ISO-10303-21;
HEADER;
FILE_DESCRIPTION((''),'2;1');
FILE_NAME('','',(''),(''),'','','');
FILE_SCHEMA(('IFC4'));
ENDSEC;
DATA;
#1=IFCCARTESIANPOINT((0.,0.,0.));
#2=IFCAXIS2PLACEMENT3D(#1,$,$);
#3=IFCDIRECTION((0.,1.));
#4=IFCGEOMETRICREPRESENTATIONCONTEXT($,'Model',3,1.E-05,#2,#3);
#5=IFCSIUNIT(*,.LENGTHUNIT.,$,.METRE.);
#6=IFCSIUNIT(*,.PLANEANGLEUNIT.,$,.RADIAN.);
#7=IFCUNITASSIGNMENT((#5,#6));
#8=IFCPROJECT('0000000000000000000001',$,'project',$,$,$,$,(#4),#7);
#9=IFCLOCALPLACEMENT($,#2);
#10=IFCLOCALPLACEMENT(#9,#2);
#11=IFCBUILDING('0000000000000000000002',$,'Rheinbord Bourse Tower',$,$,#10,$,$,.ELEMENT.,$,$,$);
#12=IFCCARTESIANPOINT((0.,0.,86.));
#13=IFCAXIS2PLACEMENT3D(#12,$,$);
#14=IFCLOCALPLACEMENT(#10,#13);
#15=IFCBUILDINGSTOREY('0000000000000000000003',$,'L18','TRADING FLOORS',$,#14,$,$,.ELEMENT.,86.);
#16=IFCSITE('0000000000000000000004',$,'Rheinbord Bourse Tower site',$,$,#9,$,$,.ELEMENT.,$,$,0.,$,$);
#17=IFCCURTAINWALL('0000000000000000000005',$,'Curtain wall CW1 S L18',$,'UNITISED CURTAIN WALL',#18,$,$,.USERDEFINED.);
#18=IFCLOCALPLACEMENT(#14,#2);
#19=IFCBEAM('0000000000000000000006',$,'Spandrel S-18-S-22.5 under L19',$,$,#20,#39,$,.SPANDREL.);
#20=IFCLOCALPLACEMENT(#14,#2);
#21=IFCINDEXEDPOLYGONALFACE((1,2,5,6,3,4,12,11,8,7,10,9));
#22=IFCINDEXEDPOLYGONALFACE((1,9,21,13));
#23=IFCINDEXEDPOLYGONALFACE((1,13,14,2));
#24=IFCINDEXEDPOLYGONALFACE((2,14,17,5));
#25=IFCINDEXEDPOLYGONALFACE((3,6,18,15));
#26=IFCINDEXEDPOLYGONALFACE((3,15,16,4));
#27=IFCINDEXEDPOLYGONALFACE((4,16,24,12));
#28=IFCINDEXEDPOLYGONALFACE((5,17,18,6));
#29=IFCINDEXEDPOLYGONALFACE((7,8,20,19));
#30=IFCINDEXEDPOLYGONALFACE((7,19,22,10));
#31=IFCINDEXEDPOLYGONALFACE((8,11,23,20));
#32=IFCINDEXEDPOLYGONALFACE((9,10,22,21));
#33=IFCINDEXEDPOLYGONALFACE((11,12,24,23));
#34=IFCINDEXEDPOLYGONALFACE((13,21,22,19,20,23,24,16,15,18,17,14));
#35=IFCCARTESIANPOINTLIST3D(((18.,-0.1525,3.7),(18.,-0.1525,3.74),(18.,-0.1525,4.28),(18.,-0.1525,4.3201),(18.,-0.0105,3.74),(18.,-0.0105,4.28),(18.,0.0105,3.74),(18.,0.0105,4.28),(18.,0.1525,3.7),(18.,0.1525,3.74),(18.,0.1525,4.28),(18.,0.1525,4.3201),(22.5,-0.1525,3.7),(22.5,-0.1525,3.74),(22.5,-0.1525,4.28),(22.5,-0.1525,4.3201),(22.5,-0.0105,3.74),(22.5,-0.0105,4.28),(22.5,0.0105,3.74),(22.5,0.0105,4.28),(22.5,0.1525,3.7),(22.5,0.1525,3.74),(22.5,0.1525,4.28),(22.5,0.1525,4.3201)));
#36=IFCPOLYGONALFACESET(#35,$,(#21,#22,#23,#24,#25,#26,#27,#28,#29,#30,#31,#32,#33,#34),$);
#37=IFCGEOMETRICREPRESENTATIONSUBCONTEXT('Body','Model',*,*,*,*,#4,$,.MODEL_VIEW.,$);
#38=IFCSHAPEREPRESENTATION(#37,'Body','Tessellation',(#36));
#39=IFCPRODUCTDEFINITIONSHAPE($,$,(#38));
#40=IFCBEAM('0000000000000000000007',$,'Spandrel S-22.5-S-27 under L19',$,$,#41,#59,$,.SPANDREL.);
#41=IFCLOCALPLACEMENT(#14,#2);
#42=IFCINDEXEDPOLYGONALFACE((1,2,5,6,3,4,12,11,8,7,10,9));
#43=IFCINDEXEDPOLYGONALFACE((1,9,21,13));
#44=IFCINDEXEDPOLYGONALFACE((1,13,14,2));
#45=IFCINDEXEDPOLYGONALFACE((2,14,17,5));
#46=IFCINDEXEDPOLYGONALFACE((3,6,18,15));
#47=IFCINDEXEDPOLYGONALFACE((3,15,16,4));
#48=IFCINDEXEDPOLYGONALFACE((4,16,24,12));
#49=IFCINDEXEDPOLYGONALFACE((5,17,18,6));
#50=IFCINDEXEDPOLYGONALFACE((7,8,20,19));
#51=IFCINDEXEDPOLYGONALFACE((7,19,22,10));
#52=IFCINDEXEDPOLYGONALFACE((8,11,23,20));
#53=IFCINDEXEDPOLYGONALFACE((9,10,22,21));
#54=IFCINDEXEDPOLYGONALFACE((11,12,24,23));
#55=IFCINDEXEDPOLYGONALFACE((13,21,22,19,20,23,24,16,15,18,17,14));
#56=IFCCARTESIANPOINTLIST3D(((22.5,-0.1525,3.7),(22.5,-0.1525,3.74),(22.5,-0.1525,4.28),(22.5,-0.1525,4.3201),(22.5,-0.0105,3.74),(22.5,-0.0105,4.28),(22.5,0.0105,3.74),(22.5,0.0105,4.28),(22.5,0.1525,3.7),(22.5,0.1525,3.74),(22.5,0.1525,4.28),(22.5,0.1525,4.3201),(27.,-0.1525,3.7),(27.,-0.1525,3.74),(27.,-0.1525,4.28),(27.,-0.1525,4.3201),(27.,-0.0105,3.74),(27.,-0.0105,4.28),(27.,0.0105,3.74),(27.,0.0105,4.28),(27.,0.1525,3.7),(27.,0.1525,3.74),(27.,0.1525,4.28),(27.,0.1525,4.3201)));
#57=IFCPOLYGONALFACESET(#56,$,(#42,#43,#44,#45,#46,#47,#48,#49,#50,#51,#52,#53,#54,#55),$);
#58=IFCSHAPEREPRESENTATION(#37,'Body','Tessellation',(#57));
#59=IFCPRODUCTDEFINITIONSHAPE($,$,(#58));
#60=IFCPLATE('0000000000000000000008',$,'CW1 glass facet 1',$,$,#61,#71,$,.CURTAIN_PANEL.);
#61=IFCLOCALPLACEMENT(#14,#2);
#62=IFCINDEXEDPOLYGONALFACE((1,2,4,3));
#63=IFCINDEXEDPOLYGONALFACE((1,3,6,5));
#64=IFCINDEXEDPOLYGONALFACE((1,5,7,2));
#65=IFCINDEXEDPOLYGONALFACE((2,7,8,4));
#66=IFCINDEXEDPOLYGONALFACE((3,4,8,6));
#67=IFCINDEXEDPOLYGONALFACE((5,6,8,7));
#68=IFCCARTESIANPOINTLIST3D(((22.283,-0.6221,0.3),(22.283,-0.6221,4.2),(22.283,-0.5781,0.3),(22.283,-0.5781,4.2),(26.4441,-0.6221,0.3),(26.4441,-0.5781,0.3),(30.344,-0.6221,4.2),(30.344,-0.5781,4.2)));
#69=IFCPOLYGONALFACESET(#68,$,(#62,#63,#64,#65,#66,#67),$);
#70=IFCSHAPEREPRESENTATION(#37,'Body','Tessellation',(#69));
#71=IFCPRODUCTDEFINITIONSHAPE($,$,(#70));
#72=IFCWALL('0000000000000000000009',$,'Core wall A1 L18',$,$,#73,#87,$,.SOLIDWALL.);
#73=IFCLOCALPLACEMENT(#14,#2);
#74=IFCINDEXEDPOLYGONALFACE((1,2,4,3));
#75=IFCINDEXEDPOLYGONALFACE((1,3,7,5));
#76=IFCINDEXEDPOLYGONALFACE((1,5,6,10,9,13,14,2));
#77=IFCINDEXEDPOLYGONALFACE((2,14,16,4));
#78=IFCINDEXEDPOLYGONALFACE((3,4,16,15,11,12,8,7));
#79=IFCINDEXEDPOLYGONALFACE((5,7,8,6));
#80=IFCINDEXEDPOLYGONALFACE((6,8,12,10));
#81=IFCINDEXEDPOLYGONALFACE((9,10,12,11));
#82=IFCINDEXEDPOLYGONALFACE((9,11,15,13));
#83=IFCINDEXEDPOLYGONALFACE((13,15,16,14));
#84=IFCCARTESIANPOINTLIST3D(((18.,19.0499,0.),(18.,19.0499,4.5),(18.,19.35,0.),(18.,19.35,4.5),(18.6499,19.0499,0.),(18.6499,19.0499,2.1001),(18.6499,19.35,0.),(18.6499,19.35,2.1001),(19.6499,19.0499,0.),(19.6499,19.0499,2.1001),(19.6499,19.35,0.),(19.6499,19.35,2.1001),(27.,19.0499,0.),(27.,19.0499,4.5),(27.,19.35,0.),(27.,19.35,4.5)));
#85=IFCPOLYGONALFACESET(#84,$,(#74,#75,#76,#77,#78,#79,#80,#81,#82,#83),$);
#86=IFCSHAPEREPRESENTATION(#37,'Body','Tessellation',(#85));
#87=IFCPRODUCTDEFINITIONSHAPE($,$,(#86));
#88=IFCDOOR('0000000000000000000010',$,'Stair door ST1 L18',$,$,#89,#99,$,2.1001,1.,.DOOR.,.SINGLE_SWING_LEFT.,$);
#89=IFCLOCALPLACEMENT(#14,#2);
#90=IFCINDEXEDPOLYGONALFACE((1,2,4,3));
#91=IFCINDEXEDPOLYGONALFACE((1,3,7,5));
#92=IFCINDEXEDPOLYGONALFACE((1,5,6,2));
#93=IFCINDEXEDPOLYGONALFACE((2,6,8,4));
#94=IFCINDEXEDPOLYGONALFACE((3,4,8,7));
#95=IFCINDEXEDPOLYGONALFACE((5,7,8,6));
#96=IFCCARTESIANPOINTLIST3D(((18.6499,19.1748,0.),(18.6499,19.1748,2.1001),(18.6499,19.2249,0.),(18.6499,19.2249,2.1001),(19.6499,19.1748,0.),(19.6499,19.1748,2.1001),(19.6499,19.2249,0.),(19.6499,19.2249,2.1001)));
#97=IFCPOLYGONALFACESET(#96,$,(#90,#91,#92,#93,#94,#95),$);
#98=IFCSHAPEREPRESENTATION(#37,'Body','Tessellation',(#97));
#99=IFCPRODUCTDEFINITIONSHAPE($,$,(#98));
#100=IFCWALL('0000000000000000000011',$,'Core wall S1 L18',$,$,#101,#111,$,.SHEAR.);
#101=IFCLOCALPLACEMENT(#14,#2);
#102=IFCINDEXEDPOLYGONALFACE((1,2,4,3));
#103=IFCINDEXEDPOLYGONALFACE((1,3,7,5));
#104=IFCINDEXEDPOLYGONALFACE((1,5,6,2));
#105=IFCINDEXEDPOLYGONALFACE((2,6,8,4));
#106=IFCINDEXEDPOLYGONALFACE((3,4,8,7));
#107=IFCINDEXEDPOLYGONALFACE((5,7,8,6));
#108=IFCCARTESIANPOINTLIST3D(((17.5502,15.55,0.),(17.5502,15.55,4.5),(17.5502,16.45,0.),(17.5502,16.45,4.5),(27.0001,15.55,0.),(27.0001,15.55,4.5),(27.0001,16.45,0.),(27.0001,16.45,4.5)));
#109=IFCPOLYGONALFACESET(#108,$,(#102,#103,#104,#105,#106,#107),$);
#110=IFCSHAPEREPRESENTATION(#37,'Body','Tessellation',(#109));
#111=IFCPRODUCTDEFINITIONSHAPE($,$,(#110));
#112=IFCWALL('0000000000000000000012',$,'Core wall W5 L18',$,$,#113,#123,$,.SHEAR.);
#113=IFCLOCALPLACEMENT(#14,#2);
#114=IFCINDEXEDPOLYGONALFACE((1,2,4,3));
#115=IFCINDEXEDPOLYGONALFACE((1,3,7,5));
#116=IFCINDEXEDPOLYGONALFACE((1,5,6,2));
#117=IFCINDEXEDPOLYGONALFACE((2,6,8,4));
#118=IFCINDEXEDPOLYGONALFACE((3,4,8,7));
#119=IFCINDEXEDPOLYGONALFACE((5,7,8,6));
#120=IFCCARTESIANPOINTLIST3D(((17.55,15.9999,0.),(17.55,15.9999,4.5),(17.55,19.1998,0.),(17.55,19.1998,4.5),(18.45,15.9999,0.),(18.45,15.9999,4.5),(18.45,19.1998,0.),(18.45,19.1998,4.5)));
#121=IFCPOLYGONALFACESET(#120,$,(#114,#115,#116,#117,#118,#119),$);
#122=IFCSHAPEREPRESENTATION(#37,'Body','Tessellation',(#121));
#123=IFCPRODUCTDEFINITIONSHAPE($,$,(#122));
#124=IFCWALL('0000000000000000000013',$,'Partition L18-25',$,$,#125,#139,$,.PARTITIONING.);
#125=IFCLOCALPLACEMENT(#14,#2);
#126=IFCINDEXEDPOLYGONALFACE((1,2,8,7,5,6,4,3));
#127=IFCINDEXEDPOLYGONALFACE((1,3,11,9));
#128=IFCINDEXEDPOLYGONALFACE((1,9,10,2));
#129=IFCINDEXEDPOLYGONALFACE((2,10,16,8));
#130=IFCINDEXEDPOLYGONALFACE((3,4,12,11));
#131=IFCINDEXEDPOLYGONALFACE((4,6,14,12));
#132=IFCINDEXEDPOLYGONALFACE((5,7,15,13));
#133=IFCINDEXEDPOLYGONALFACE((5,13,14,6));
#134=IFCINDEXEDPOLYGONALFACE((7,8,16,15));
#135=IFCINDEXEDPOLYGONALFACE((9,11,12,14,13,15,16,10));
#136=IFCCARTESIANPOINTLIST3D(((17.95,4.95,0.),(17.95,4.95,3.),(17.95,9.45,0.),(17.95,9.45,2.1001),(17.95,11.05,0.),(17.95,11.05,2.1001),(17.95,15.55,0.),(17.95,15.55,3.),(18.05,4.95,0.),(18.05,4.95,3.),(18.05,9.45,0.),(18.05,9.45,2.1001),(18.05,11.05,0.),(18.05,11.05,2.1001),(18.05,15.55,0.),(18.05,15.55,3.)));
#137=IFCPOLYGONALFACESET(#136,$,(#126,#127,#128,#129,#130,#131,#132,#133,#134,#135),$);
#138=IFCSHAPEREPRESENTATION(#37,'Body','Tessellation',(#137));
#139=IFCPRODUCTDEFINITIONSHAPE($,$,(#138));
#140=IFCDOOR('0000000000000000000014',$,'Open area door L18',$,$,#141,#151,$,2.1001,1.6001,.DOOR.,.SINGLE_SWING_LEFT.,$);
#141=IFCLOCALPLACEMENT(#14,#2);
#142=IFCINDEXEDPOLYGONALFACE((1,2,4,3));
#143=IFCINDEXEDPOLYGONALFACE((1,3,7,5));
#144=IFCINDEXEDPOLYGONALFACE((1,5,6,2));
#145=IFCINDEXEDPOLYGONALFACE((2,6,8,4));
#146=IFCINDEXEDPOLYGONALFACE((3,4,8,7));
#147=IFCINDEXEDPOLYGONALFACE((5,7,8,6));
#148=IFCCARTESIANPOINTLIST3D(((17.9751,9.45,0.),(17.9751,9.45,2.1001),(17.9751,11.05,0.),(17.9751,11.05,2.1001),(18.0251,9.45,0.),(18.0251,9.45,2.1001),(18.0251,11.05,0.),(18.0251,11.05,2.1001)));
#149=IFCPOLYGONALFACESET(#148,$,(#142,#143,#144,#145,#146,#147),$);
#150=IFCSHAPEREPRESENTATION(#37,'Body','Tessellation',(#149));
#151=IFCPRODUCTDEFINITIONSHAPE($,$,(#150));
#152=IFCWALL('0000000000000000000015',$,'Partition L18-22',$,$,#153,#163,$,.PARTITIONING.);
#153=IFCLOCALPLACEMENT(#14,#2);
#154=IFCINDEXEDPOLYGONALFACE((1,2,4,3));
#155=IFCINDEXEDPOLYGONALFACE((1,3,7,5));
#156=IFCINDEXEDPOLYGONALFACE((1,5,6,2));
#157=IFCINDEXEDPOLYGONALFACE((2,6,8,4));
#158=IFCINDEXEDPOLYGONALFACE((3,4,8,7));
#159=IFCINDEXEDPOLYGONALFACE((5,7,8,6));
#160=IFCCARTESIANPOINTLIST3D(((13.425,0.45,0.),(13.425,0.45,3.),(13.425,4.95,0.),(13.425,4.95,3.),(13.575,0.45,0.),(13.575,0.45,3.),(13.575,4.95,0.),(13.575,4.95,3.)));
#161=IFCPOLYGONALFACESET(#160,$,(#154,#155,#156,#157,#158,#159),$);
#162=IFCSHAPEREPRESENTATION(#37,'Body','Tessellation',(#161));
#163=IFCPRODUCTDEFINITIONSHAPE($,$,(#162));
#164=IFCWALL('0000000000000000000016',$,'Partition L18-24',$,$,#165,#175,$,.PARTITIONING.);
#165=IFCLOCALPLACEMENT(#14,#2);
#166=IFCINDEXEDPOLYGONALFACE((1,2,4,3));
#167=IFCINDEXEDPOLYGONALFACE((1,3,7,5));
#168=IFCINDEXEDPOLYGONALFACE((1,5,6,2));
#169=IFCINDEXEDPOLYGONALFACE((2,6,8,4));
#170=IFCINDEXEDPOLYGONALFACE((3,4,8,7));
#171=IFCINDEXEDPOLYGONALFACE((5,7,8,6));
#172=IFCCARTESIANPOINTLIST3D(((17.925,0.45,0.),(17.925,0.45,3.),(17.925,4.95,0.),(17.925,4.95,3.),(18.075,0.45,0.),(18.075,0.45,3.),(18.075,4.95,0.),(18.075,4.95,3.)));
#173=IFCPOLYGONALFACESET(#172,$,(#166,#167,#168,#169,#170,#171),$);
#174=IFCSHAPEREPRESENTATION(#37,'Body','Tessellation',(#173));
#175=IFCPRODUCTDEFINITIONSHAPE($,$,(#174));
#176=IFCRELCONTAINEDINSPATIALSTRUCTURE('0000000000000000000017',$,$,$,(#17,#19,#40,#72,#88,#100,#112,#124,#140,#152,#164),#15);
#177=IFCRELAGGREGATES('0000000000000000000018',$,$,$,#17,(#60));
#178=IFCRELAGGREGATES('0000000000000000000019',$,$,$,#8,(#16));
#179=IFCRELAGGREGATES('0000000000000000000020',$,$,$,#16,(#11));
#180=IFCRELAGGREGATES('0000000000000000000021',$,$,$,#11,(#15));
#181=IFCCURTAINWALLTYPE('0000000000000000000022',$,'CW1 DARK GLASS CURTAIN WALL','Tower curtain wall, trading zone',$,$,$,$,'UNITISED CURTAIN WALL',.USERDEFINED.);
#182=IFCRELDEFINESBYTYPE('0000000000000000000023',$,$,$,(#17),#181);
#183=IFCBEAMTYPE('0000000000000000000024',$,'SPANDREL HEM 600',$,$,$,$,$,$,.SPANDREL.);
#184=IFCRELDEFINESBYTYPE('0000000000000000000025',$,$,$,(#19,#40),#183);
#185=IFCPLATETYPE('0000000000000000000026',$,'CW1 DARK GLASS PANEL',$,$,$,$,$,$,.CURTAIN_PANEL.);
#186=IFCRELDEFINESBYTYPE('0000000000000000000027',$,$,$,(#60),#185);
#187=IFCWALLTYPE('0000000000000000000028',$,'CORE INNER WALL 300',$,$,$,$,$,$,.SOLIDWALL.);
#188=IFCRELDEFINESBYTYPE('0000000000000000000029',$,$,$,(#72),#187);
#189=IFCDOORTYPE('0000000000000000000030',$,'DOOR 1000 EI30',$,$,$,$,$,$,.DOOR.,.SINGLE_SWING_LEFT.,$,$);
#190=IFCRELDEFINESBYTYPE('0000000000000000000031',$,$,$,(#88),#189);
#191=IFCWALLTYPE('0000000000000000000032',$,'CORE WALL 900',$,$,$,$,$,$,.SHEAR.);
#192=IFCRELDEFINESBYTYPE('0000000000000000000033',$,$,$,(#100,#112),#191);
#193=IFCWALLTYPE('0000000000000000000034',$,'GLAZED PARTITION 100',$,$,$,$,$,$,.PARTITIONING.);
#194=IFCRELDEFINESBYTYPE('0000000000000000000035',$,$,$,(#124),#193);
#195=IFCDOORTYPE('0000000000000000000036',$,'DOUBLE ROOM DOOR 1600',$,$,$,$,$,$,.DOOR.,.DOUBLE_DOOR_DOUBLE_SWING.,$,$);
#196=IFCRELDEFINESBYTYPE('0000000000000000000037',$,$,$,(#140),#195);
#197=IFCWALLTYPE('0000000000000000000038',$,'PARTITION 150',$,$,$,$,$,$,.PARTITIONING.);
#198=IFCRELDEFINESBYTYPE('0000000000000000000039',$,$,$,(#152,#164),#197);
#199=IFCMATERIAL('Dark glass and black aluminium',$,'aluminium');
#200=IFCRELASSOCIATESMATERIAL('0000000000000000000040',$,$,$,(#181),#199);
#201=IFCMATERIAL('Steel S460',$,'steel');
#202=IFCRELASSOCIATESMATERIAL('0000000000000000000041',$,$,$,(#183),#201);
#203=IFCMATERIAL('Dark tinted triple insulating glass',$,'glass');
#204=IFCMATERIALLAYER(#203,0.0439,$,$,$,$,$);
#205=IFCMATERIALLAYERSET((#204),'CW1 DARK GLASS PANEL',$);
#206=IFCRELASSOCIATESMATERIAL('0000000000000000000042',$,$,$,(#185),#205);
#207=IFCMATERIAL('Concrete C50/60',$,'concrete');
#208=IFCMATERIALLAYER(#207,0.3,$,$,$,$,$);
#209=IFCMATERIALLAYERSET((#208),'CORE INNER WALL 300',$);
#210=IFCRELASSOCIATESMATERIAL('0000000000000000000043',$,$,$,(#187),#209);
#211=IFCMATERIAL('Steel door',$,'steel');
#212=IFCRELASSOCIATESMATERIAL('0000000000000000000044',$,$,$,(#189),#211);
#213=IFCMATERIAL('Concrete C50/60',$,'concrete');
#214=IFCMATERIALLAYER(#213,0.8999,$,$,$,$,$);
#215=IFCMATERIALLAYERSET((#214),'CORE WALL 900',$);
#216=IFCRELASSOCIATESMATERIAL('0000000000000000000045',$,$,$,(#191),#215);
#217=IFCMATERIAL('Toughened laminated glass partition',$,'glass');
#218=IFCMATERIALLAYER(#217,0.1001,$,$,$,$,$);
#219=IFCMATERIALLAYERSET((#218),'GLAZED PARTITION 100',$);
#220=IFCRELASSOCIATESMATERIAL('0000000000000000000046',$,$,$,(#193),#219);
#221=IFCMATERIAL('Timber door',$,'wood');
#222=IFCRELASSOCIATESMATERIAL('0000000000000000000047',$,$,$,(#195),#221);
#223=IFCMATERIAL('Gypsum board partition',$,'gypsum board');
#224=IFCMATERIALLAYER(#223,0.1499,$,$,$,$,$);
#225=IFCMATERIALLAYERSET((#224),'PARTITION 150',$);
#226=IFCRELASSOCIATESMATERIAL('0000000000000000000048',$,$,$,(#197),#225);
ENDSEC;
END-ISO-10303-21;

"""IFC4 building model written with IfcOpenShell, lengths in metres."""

from ifc_helpers import new_model, si_unit, direction, frame, frame_2d, origin, origin_2d, place, context, subcontext, project, spatial, polyline, rectangle, i_section, outline, extrude, material, layer, layer_set, material_profile, profile_set, type_object, element, fill, aggregate, save


model = new_model("IFC4")

# Units and contexts
model_context = context("Model", 3, precision=1e-05, world=origin(), true_north=direction((0.0, 1.0)))
body_context = subcontext(model_context, "Body", "Model", "MODEL_VIEW")
ifc_project = project(units=[si_unit("LENGTHUNIT", "METRE"), si_unit("PLANEANGLEUNIT", "RADIAN")], contexts=[model_context])

# Site, building, storey
site_placement = place(None, origin())
site = spatial("IfcSite", under=ifc_project, at=site_placement, Name="Rheinbord Bourse Tower site", CompositionType="ELEMENT", RefElevation=0.0)
building_placement = place(site_placement, origin())
building = spatial("IfcBuilding", under=site, at=building_placement, Name="Rheinbord Bourse Tower", CompositionType="ELEMENT")
storey_placement = place(building_placement, frame((0.0, 0.0, 86.0)))
storey = spatial("IfcBuildingStorey", under=building, at=storey_placement, Name="L18", Description="TRADING FLOORS", CompositionType="ELEMENT", Elevation=86.0)

# Curtain wall
ifc_material_1 = material(Name="Dark glass and black aluminium", Category="aluminium")
curtain_wall_type = type_object("IfcCurtainWallType", Name="CW1 DARK GLASS CURTAIN WALL", Description="Tower curtain wall, trading zone", ElementType="UNITISED CURTAIN WALL", PredefinedType="USERDEFINED", material=ifc_material_1)
curtain_wall_placement = place(storey_placement, origin())
curtain_wall = element("IfcCurtainWall", 1, at=curtain_wall_placement, inside=storey, type_object=curtain_wall_type, Name="Curtain wall CW1 S L18", ObjectType="UNITISED CURTAIN WALL", PredefinedType="USERDEFINED")

# Beams
ifc_material_2 = material(Name="Steel S460", Category="steel")
ifc_material_profile_1 = material_profile(ifc_material_2, i_section(OverallWidth=0.3049, OverallDepth=0.6201, WebThickness=0.021, FlangeThickness=0.04, at=origin_2d()), Name="HEM 600")
ifc_profile_set_1 = profile_set([ifc_material_profile_1], Name="Steel S460")
beam_type_1 = type_object("IfcBeamType", Name="SPANDREL HEM 600", PredefinedType="SPANDREL", material=ifc_profile_set_1)
for number, where, z_axis, x_axis, name in (
    (2, (18.0, 0.0, 4.01), (1.0, 0.0, 0.0), (0.0, 1.0, 0.0), "Spandrel S-18-S-22.5 under L19"),
    (3, (22.5, 0.0, 4.01), (1.0, 0.0, 0.0), (0.0, 1.0, 0.0), "Spandrel S-22.5-S-27 under L19"),
):
    element("IfcBeam", number, at=place(storey_placement, frame(where, z_axis=z_axis, x_axis=x_axis)), inside=storey, type_object=beam_type_1, Name=name, PredefinedType="SPANDREL", context=body_context, shape_type="SweptSolid", body=[
        extrude(i_section(OverallWidth=0.3049, OverallDepth=0.6201, WebThickness=0.021, FlangeThickness=0.04, at=origin_2d()), origin(), (0.0, 0.0, 1.0), 4.5),
    ])

# Plate
ifc_material_3 = material(Name="Dark tinted triple insulating glass", Category="glass")
ifc_layer_1 = layer(ifc_material_3, 0.0439)
ifc_layer_set_1 = layer_set([ifc_layer_1], Name="CW1 DARK GLASS PANEL")
plate_type = type_object("IfcPlateType", Name="CW1 DARK GLASS PANEL", PredefinedType="CURTAIN_PANEL", material=ifc_layer_set_1)
plate_placement = place(storey_placement, frame((22.283, -0.6221, 0.3), z_axis=(0.0, 1.0, 0.0), x_axis=(0.0, 0.0, 1.0)))
plate = element("IfcPlate", 4, at=plate_placement, type_object=plate_type, Name="CW1 glass facet 1", PredefinedType="CURTAIN_PANEL", context=body_context, shape_type="SweptSolid", body=[
    extrude(outline(polyline([(0.0, 0.0), (3.8999, 0.0), (3.8999, 8.061), (0.0, 4.1611), (0.0, 0.0)])), origin(), (0.0, 0.0, 1.0), 0.0439),
])
aggregate(curtain_wall, [plate])

# Wall, opening, door
ifc_material_4 = material(Name="Concrete C50/60", Category="concrete")
ifc_layer_2 = layer(ifc_material_4, 0.3)
ifc_layer_set_2 = layer_set([ifc_layer_2], Name="CORE INNER WALL 300")
wall_type_1 = type_object("IfcWallType", Name="CORE INNER WALL 300", PredefinedType="SOLIDWALL", material=ifc_layer_set_2)
wall_1_placement = place(storey_placement, frame((18.0, 19.2, 0.0), z_axis=(0.0, 0.0, 1.0), x_axis=(1.0, 0.0, 0.0)))
wall_1 = element("IfcWall", 5, at=wall_1_placement, inside=storey, type_object=wall_type_1, Name="Core wall A1 L18", PredefinedType="SOLIDWALL", context=body_context, shape_type="SweptSolid", body=[
    extrude(rectangle(XDim=9.0, YDim=0.3, at=frame_2d((4.5, 0.0))), origin(), (0.0, 0.0, 1.0), 4.5),
])
opening_1_placement = place(wall_1_placement, frame((0.6499, 0.0, 0.0)))
opening_1 = element("IfcOpeningElement", 6, at=opening_1_placement, cuts=wall_1, PredefinedType="OPENING", context=body_context, shape_type="SweptSolid", body=[
    extrude(rectangle(XDim=1.0, YDim=2.1001, at=frame_2d((0.5, 1.05))), frame((0.0, 0.1599, 0.0), z_axis=(0.0, -1.0, 0.0), x_axis=(1.0, 0.0, 0.0)), (0.0, 0.0, 1.0), 0.3201),
])
ifc_material_5 = material(Name="Steel door", Category="steel")
door_type_1 = type_object("IfcDoorType", Name="DOOR 1000 EI30", OperationType="SINGLE_SWING_LEFT", PredefinedType="DOOR", material=ifc_material_5)
door_1_placement = place(opening_1_placement, origin())
door_1 = element("IfcDoor", 7, at=door_1_placement, inside=storey, type_object=door_type_1, Name="Stair door ST1 L18", OperationType="SINGLE_SWING_LEFT", OverallHeight=2.1001, OverallWidth=1.0, PredefinedType="DOOR", context=body_context, shape_type="SweptSolid", body=[
    extrude(rectangle(XDim=1.0, YDim=2.1001, at=frame_2d((0.5, 1.05))), frame((0.0, 0.0249, 0.0), z_axis=(0.0, -1.0, 0.0), x_axis=(1.0, 0.0, 0.0)), (0.0, 0.0, 1.0), 0.05),
])
fill(opening_1, door_1)

# Walls
ifc_material_6 = material(Name="Concrete C50/60", Category="concrete")
ifc_layer_3 = layer(ifc_material_6, 0.8999)
ifc_layer_set_3 = layer_set([ifc_layer_3], Name="CORE WALL 900")
wall_type_2 = type_object("IfcWallType", Name="CORE WALL 900", PredefinedType="SHEAR", material=ifc_layer_set_3)
wall_2_placement = place(storey_placement, frame((17.55, 16.0, 0.0), z_axis=(0.0, 0.0, 1.0), x_axis=(1.0, 0.0, 0.0)))
element("IfcWall", 8, at=wall_2_placement, inside=storey, type_object=wall_type_2, Name="Core wall S1 L18", PredefinedType="SHEAR", context=body_context, shape_type="SweptSolid", body=[
    extrude(rectangle(XDim=9.45, YDim=0.8999, at=frame_2d((4.7251, 0.0))), origin(), (0.0, 0.0, 1.0), 4.5),
])
wall_3_placement = place(storey_placement, frame((18.0, 19.2, 0.0), z_axis=(0.0, 0.0, 1.0), x_axis=(0.0, -1.0, 0.0)))
element("IfcWall", 9, at=wall_3_placement, inside=storey, type_object=wall_type_2, Name="Core wall W5 L18", PredefinedType="SHEAR", context=body_context, shape_type="SweptSolid", body=[
    extrude(rectangle(XDim=3.2, YDim=0.8999, at=frame_2d((1.6001, 0.0))), origin(), (0.0, 0.0, 1.0), 4.5),
])

# Wall, opening, door
ifc_material_7 = material(Name="Toughened laminated glass partition", Category="glass")
ifc_layer_4 = layer(ifc_material_7, 0.1001)
ifc_layer_set_4 = layer_set([ifc_layer_4], Name="GLAZED PARTITION 100")
wall_type_3 = type_object("IfcWallType", Name="GLAZED PARTITION 100", PredefinedType="PARTITIONING", material=ifc_layer_set_4)
wall_4_placement = place(storey_placement, frame((18.0, 4.95, 0.0), z_axis=(0.0, 0.0, 1.0), x_axis=(0.0, 1.0, 0.0)))
wall_4 = element("IfcWall", 10, at=wall_4_placement, inside=storey, type_object=wall_type_3, Name="Partition L18-25", PredefinedType="PARTITIONING", context=body_context, shape_type="SweptSolid", body=[
    extrude(rectangle(XDim=10.6001, YDim=0.1001, at=frame_2d((5.3, 0.0))), origin(), (0.0, 0.0, 1.0), 3.0),
])
opening_2_placement = place(wall_4_placement, frame((4.5, 0.0, 0.0)))
opening_2 = element("IfcOpeningElement", 11, at=opening_2_placement, cuts=wall_4, PredefinedType="OPENING", context=body_context, shape_type="SweptSolid", body=[
    extrude(rectangle(XDim=1.6001, YDim=2.1001, at=frame_2d((0.8, 1.05))), frame((0.0, 0.0601, 0.0), z_axis=(0.0, -1.0, 0.0), x_axis=(1.0, 0.0, 0.0)), (0.0, 0.0, 1.0), 0.1201),
])
ifc_material_8 = material(Name="Timber door", Category="wood")
door_type_2 = type_object("IfcDoorType", Name="DOUBLE ROOM DOOR 1600", OperationType="DOUBLE_DOOR_DOUBLE_SWING", PredefinedType="DOOR", material=ifc_material_8)
door_2_placement = place(opening_2_placement, origin())
door_2 = element("IfcDoor", 12, at=door_2_placement, inside=storey, type_object=door_type_2, Name="Open area door L18", OperationType="SINGLE_SWING_LEFT", OverallHeight=2.1001, OverallWidth=1.6001, PredefinedType="DOOR", context=body_context, shape_type="SweptSolid", body=[
    extrude(rectangle(XDim=1.6001, YDim=2.1001, at=frame_2d((0.8, 1.05))), frame((0.0, 0.0249, 0.0), z_axis=(0.0, -1.0, 0.0), x_axis=(1.0, 0.0, 0.0)), (0.0, 0.0, 1.0), 0.05),
])
fill(opening_2, door_2)

# Walls
ifc_material_9 = material(Name="Gypsum board partition", Category="gypsum board")
ifc_layer_5 = layer(ifc_material_9, 0.1499)
ifc_layer_set_5 = layer_set([ifc_layer_5], Name="PARTITION 150")
wall_type_4 = type_object("IfcWallType", Name="PARTITION 150", PredefinedType="PARTITIONING", material=ifc_layer_set_5)
for number, where, z_axis, x_axis, name in (
    (13, (13.5, 0.45, 0.0), (0.0, 0.0, 1.0), (0.0, 1.0, 0.0), "Partition L18-22"),
    (14, (18.0, 0.45, 0.0), (0.0, 0.0, 1.0), (0.0, 1.0, 0.0), "Partition L18-24"),
):
    element("IfcWall", number, at=place(storey_placement, frame(where, z_axis=z_axis, x_axis=x_axis)), inside=storey, type_object=wall_type_4, Name=name, PredefinedType="PARTITIONING", context=body_context, shape_type="SweptSolid", body=[
        extrude(rectangle(XDim=4.5, YDim=0.1499, at=frame_2d((2.25, 0.0))), origin(), (0.0, 0.0, 1.0), 3.0),
    ])

save(model, "model.ifc")
